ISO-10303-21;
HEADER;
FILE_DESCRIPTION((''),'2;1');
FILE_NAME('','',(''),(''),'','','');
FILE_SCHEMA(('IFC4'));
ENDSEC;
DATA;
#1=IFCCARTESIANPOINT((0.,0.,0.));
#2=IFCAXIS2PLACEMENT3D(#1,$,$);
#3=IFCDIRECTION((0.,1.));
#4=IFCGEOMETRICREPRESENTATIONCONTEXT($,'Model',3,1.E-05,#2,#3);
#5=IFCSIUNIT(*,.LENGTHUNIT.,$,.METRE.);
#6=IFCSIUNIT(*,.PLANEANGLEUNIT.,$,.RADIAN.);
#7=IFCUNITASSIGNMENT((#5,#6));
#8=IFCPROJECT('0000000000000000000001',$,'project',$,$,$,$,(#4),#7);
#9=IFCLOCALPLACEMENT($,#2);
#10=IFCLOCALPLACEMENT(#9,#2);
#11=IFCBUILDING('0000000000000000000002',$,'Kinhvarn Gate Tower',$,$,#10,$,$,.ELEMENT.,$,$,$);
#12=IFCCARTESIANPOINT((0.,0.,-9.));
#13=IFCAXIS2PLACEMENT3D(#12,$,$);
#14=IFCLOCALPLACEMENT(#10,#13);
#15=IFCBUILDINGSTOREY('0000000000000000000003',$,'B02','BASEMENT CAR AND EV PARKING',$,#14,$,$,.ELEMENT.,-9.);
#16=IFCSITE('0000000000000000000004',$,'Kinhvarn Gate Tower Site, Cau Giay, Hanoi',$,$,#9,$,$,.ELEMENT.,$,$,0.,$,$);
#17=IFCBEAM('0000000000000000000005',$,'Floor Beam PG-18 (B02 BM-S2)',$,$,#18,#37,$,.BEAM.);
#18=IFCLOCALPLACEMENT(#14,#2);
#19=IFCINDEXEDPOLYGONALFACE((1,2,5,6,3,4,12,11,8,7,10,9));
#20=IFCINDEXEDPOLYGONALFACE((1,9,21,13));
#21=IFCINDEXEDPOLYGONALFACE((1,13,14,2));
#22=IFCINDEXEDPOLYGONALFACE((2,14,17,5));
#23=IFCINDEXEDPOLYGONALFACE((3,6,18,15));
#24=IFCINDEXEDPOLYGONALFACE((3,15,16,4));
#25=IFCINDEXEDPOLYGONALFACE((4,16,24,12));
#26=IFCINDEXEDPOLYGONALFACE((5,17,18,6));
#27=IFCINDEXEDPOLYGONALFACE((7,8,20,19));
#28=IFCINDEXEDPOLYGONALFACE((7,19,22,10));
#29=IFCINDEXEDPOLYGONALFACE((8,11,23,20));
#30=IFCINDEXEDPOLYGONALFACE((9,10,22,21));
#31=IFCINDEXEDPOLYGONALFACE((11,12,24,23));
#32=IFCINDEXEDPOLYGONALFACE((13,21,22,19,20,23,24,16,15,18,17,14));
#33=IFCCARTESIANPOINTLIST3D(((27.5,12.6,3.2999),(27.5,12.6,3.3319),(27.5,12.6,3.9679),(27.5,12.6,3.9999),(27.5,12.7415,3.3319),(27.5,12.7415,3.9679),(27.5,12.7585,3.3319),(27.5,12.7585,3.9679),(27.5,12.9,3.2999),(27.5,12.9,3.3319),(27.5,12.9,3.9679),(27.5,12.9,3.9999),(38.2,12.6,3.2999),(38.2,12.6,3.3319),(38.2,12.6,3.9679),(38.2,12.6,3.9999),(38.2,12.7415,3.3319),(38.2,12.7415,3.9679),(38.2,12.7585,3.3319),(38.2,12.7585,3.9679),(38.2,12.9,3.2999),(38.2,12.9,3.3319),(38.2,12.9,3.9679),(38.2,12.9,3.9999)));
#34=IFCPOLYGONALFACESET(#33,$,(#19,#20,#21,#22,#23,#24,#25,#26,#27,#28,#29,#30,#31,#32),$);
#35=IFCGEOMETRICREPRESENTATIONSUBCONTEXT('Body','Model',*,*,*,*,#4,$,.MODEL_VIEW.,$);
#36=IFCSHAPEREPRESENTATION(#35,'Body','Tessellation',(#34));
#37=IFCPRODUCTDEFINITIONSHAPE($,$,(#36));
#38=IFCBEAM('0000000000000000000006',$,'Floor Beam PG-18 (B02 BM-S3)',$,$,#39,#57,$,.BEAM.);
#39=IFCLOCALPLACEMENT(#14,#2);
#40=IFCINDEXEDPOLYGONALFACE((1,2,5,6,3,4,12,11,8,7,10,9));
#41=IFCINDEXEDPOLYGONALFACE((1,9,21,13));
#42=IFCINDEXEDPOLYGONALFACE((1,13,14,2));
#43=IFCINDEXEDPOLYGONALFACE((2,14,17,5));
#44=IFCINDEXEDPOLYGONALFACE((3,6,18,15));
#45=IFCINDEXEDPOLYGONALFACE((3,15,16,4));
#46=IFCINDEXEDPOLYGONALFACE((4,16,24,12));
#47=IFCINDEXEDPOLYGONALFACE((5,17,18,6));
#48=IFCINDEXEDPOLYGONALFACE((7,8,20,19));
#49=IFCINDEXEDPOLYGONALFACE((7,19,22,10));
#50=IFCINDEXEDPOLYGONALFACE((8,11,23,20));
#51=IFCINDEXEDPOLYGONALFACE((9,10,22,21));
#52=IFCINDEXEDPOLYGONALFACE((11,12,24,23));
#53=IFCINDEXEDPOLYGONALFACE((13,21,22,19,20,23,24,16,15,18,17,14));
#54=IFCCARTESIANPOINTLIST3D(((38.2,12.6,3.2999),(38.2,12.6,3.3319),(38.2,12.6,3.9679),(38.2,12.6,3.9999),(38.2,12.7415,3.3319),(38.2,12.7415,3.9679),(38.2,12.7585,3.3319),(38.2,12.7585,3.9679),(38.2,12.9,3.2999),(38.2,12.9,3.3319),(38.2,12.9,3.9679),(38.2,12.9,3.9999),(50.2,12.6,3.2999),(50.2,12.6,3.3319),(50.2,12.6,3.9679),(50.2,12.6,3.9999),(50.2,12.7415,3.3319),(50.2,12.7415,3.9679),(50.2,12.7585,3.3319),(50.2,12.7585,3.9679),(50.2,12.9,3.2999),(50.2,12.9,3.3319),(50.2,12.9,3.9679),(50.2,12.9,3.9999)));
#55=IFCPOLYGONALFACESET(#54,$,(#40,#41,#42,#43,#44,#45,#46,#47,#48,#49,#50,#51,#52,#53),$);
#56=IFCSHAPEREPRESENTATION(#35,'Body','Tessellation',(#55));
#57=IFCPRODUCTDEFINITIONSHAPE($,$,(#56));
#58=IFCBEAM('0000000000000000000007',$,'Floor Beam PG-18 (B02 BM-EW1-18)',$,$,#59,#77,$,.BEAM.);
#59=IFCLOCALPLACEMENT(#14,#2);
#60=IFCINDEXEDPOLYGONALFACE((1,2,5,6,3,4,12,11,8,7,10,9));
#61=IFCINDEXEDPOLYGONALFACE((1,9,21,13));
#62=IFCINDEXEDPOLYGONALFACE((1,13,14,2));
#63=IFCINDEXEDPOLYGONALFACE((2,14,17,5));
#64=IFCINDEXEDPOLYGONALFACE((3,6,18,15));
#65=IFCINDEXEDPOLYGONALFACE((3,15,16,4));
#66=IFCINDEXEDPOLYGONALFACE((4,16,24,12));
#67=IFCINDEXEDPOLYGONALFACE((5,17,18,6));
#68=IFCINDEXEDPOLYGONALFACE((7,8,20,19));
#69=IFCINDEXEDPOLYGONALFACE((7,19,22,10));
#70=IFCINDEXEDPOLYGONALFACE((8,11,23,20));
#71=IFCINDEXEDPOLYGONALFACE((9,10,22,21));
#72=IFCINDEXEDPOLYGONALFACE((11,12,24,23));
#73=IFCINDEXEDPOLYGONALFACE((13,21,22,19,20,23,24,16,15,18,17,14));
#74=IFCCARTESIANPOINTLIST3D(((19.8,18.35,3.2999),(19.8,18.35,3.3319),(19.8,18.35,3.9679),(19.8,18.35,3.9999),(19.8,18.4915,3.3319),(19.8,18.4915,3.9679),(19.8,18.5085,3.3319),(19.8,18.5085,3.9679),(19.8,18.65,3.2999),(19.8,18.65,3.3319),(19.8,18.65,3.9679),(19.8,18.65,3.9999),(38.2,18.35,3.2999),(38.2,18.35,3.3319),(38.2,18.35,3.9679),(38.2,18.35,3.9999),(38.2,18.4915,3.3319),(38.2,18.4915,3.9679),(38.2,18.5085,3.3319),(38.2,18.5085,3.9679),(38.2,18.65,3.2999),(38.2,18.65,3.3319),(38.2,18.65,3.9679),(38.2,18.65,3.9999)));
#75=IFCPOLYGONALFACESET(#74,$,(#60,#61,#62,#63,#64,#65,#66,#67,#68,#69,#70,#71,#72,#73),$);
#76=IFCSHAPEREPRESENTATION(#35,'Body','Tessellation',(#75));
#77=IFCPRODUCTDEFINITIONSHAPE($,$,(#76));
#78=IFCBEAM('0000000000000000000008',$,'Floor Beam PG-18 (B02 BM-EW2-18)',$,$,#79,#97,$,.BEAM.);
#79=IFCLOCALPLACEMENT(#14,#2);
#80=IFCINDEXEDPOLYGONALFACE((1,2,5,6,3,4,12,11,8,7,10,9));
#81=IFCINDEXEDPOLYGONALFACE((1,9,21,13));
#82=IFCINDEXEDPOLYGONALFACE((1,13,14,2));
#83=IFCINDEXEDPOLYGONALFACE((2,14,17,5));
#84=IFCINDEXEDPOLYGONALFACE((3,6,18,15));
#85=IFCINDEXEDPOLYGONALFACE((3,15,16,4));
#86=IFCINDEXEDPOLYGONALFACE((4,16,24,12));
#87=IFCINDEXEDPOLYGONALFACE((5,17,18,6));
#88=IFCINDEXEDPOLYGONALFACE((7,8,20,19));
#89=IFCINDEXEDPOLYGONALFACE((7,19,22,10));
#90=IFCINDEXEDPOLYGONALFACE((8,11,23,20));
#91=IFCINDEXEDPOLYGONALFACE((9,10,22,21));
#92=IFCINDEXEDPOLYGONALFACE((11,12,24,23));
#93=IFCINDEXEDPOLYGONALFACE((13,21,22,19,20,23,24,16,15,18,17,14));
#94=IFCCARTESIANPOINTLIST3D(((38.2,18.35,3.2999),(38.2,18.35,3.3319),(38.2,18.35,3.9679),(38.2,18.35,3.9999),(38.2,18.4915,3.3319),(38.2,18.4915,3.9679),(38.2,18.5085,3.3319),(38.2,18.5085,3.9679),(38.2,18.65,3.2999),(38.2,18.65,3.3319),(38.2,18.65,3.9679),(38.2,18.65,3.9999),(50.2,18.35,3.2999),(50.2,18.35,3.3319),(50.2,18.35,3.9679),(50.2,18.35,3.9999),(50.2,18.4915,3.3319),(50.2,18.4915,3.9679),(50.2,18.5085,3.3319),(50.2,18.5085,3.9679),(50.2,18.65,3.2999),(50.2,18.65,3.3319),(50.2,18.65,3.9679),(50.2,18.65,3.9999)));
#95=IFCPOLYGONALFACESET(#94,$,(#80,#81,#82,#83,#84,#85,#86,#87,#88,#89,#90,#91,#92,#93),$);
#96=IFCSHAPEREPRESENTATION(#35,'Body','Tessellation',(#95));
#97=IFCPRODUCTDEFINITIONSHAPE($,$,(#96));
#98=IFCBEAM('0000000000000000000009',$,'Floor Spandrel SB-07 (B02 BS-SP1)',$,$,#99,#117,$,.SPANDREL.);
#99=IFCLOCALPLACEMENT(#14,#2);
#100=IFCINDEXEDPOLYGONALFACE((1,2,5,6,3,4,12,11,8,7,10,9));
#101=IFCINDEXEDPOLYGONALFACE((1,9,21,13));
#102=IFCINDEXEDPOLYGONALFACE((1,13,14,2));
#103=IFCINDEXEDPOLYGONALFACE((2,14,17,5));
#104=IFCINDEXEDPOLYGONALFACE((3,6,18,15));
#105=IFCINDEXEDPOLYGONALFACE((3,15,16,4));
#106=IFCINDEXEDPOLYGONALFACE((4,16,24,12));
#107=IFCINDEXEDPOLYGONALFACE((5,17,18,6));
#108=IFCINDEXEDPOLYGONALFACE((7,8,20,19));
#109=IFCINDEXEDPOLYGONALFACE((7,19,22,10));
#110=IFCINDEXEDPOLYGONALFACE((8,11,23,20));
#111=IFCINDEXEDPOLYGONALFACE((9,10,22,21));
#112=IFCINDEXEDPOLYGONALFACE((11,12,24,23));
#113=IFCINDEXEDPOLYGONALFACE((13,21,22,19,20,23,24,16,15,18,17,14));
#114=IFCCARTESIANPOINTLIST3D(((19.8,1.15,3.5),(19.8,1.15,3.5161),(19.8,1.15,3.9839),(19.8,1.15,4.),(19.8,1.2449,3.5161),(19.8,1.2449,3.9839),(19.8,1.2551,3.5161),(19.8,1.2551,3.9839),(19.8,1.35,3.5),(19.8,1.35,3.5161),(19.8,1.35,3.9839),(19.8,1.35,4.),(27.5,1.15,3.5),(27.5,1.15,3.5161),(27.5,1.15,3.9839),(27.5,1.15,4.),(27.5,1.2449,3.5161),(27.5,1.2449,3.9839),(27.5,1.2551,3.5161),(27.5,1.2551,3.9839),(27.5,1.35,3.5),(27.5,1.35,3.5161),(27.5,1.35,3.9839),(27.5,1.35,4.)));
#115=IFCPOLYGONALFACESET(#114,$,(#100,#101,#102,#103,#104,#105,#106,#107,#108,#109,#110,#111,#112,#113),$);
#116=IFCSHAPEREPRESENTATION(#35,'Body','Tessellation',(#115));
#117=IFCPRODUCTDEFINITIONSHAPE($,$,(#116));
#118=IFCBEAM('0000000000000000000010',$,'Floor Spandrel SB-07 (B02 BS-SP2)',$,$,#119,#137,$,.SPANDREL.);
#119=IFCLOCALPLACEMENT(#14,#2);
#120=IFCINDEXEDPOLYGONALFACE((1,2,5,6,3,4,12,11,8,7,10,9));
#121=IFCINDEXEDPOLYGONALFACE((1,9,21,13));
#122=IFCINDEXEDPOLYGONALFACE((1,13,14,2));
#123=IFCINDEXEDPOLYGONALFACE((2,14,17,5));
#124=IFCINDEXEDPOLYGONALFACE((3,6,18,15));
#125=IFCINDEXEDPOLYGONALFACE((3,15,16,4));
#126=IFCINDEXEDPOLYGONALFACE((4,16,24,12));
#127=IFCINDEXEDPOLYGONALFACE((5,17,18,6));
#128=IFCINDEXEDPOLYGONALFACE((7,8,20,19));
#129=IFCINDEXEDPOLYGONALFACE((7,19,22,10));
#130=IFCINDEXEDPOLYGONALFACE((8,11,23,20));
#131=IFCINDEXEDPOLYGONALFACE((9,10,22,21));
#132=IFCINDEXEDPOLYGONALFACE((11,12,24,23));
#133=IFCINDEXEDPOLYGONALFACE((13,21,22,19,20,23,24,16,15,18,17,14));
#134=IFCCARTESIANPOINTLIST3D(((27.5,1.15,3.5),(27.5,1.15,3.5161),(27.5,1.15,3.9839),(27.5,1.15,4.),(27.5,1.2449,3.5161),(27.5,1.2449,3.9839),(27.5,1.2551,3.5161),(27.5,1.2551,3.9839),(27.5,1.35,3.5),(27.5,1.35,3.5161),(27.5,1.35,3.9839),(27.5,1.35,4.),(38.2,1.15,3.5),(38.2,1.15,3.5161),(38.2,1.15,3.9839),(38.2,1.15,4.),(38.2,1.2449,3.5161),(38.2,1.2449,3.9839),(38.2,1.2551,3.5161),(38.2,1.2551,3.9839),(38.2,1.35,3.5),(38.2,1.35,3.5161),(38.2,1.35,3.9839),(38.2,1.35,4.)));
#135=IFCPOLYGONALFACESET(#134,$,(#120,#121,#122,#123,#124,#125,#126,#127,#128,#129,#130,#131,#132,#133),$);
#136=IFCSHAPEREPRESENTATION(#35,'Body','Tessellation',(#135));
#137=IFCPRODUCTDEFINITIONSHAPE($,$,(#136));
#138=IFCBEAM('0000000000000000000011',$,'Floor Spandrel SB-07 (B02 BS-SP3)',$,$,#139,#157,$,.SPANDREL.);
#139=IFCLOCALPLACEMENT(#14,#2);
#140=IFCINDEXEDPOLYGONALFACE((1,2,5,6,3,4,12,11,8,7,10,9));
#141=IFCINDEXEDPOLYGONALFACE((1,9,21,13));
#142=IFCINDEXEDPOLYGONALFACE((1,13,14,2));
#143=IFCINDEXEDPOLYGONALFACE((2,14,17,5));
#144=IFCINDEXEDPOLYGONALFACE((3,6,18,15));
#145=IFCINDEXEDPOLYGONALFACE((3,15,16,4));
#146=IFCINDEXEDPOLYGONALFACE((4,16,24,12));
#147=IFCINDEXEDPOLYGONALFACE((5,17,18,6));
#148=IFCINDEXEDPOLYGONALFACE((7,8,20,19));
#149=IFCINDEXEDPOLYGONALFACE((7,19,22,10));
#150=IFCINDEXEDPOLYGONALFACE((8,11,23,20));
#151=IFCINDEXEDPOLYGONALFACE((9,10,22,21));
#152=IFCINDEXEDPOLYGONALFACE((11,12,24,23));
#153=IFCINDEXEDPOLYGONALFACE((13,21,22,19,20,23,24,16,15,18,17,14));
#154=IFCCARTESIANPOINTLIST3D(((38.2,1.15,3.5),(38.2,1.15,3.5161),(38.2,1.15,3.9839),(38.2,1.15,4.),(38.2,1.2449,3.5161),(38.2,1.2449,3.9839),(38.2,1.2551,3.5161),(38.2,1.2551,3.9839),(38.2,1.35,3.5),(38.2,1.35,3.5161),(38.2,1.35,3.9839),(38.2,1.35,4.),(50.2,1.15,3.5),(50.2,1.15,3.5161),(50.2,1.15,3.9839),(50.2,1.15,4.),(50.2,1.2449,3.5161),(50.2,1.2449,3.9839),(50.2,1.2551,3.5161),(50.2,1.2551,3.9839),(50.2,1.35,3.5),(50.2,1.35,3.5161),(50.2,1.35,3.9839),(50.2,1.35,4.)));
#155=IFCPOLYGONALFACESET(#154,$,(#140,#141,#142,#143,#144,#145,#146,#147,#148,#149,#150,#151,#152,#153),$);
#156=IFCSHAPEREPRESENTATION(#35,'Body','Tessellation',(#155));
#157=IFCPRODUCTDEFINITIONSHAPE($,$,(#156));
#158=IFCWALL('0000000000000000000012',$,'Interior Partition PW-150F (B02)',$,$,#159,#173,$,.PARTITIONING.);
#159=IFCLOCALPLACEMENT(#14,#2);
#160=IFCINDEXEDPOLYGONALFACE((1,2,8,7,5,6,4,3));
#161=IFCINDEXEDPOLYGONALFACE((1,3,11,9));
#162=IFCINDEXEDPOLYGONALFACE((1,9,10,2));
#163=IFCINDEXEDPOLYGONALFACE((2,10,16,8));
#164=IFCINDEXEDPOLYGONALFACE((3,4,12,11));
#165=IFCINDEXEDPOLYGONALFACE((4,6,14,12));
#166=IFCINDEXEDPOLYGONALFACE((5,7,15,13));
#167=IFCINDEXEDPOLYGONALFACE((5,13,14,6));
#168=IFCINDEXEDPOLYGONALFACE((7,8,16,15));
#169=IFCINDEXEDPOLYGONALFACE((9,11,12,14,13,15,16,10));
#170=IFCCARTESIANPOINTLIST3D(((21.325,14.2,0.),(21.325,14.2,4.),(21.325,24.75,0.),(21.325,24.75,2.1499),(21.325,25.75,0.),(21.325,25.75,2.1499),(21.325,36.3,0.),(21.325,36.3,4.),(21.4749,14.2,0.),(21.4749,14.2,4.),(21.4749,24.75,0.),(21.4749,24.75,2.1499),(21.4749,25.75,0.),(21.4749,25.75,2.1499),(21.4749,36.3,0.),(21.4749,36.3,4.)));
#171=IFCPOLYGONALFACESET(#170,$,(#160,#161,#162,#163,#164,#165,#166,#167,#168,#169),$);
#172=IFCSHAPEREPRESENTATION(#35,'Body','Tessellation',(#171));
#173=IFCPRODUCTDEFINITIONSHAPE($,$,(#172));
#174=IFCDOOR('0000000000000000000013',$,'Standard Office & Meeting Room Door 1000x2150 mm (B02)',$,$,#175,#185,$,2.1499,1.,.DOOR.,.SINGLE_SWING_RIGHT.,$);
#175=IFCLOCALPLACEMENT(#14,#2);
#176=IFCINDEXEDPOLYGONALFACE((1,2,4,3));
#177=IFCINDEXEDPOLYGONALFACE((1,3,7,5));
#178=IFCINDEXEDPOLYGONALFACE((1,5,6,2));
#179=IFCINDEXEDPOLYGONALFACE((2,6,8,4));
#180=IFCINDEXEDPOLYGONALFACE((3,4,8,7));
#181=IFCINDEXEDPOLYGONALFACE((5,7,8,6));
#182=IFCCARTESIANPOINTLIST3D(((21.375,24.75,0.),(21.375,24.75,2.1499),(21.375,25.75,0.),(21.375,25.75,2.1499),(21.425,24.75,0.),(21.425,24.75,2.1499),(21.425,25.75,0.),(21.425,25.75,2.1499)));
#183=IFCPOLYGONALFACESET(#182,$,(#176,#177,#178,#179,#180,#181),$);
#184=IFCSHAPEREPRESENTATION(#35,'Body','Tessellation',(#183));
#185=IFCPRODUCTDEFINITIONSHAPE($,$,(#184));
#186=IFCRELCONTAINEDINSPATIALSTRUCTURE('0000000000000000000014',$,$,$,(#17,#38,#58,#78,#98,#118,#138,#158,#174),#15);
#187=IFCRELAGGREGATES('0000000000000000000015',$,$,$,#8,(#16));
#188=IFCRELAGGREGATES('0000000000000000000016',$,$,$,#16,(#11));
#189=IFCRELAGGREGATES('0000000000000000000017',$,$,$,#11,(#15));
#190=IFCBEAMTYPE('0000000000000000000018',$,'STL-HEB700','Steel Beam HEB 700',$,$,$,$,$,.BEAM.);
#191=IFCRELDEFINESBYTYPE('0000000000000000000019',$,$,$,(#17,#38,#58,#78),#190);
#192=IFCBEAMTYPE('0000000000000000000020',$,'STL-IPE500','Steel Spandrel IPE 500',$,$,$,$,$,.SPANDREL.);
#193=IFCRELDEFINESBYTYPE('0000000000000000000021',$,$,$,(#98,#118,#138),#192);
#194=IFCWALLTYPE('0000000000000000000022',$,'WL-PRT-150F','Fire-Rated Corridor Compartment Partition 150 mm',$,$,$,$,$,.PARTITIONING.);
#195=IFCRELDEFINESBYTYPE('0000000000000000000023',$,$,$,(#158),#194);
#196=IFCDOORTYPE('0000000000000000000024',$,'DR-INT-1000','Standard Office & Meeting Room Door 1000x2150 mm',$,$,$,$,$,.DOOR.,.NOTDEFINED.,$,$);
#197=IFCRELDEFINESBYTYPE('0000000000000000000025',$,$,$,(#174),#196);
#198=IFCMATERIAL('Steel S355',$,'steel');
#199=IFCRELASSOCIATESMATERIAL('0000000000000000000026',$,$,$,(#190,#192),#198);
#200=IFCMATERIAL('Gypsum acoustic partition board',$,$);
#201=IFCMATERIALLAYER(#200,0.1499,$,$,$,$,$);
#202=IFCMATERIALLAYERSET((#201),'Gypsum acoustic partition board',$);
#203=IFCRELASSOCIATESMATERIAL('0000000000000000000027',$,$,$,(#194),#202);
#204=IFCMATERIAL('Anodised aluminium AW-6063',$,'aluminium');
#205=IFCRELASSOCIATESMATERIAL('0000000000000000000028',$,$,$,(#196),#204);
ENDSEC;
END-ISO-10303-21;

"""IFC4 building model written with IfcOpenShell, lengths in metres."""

from ifc_helpers import new_model, si_unit, direction, frame, frame_2d, origin, origin_2d, place, context, subcontext, project, spatial, rectangle, i_section, extrude, material, layer, layer_set, material_profile, profile_set, type_object, element, fill, save


model = new_model("IFC4")

# Units and contexts
model_context = context("Model", 3, precision=1e-05, world=origin(), true_north=direction((0.0, 1.0)))
body_context = subcontext(model_context, "Body", "Model", "MODEL_VIEW")
ifc_project = project(units=[si_unit("LENGTHUNIT", "METRE"), si_unit("PLANEANGLEUNIT", "RADIAN")], contexts=[model_context])

# Site, building, storey
site_placement = place(None, origin())
site = spatial("IfcSite", under=ifc_project, at=site_placement, Name="Kinhvarn Gate Tower Site, Cau Giay, Hanoi", CompositionType="ELEMENT", RefElevation=0.0)
building_placement = place(site_placement, origin())
building = spatial("IfcBuilding", under=site, at=building_placement, Name="Kinhvarn Gate Tower", CompositionType="ELEMENT")
storey_placement = place(building_placement, frame((0.0, 0.0, -9.0)))
storey = spatial("IfcBuildingStorey", under=building, at=storey_placement, Name="B02", Description="BASEMENT CAR AND EV PARKING", CompositionType="ELEMENT", Elevation=-9.0)

# Beams
ifc_material_1 = material(Name="Steel S355", Category="steel")
ifc_material_profile_1 = material_profile(ifc_material_1, i_section(OverallWidth=0.3, OverallDepth=0.7, WebThickness=0.0171, FlangeThickness=0.032, at=origin_2d()), Name="HEB 700")
ifc_profile_set_1 = profile_set([ifc_material_profile_1], Name="Steel S355")
beam_type_1 = type_object("IfcBeamType", Name="STL-HEB700", Description="Steel Beam HEB 700", PredefinedType="BEAM", material=ifc_profile_set_1)
beam_1_placement = place(storey_placement, frame((27.5, 12.75, 3.6499), z_axis=(1.0, 0.0, 0.0), x_axis=(0.0, 1.0, 0.0)))
element("IfcBeam", 1, at=beam_1_placement, inside=storey, type_object=beam_type_1, Name="Floor Beam PG-18 (B02 BM-S2)", PredefinedType="BEAM", context=body_context, shape_type="SweptSolid", body=[
    extrude(i_section(OverallWidth=0.3, OverallDepth=0.7, WebThickness=0.0171, FlangeThickness=0.032, at=origin_2d()), origin(), (0.0, 0.0, 1.0), 10.7),
])
beam_2_placement = place(storey_placement, frame((38.2, 12.75, 3.6499), z_axis=(1.0, 0.0, 0.0), x_axis=(0.0, 1.0, 0.0)))
element("IfcBeam", 2, at=beam_2_placement, inside=storey, type_object=beam_type_1, Name="Floor Beam PG-18 (B02 BM-S3)", PredefinedType="BEAM", context=body_context, shape_type="SweptSolid", body=[
    extrude(i_section(OverallWidth=0.3, OverallDepth=0.7, WebThickness=0.0171, FlangeThickness=0.032, at=origin_2d()), origin(), (0.0, 0.0, 1.0), 12.0),
])
beam_3_placement = place(storey_placement, frame((19.8, 18.5, 3.6499), z_axis=(1.0, 0.0, 0.0), x_axis=(0.0, 1.0, 0.0)))
element("IfcBeam", 3, at=beam_3_placement, inside=storey, type_object=beam_type_1, Name="Floor Beam PG-18 (B02 BM-EW1-18)", PredefinedType="BEAM", context=body_context, shape_type="SweptSolid", body=[
    extrude(i_section(OverallWidth=0.3, OverallDepth=0.7, WebThickness=0.0171, FlangeThickness=0.032, at=origin_2d()), origin(), (0.0, 0.0, 1.0), 18.3999),
])
beam_4_placement = place(storey_placement, frame((38.2, 18.5, 3.6499), z_axis=(1.0, 0.0, 0.0), x_axis=(0.0, 1.0, 0.0)))
element("IfcBeam", 4, at=beam_4_placement, inside=storey, type_object=beam_type_1, Name="Floor Beam PG-18 (B02 BM-EW2-18)", PredefinedType="BEAM", context=body_context, shape_type="SweptSolid", body=[
    extrude(i_section(OverallWidth=0.3, OverallDepth=0.7, WebThickness=0.0171, FlangeThickness=0.032, at=origin_2d()), origin(), (0.0, 0.0, 1.0), 12.0),
])
ifc_material_profile_2 = material_profile(ifc_material_1, i_section(OverallWidth=0.2, OverallDepth=0.5, WebThickness=0.0103, FlangeThickness=0.0161, at=origin_2d()), Name="IPE 500")
ifc_profile_set_2 = profile_set([ifc_material_profile_2], Name="Steel S355")
beam_type_2 = type_object("IfcBeamType", Name="STL-IPE500", Description="Steel Spandrel IPE 500", PredefinedType="SPANDREL", material=ifc_profile_set_2)
beam_5_placement = place(storey_placement, frame((19.8, 1.25, 3.75), z_axis=(1.0, 0.0, 0.0), x_axis=(0.0, 1.0, 0.0)))
element("IfcBeam", 5, at=beam_5_placement, inside=storey, type_object=beam_type_2, Name="Floor Spandrel SB-07 (B02 BS-SP1)", PredefinedType="SPANDREL", context=body_context, shape_type="SweptSolid", body=[
    extrude(i_section(OverallWidth=0.2, OverallDepth=0.5, WebThickness=0.0103, FlangeThickness=0.0161, at=origin_2d()), origin(), (0.0, 0.0, 1.0), 7.7),
])
beam_6_placement = place(storey_placement, frame((27.5, 1.25, 3.75), z_axis=(1.0, 0.0, 0.0), x_axis=(0.0, 1.0, 0.0)))
element("IfcBeam", 6, at=beam_6_placement, inside=storey, type_object=beam_type_2, Name="Floor Spandrel SB-07 (B02 BS-SP2)", PredefinedType="SPANDREL", context=body_context, shape_type="SweptSolid", body=[
    extrude(i_section(OverallWidth=0.2, OverallDepth=0.5, WebThickness=0.0103, FlangeThickness=0.0161, at=origin_2d()), origin(), (0.0, 0.0, 1.0), 10.7),
])
beam_7_placement = place(storey_placement, frame((38.2, 1.25, 3.75), z_axis=(1.0, 0.0, 0.0), x_axis=(0.0, 1.0, 0.0)))
element("IfcBeam", 7, at=beam_7_placement, inside=storey, type_object=beam_type_2, Name="Floor Spandrel SB-07 (B02 BS-SP3)", PredefinedType="SPANDREL", context=body_context, shape_type="SweptSolid", body=[
    extrude(i_section(OverallWidth=0.2, OverallDepth=0.5, WebThickness=0.0103, FlangeThickness=0.0161, at=origin_2d()), origin(), (0.0, 0.0, 1.0), 12.0),
])

# Wall, opening, door
ifc_material_2 = material(Name="Gypsum acoustic partition board")
ifc_layer = layer(ifc_material_2, 0.1499)
ifc_layer_set = layer_set([ifc_layer], Name="Gypsum acoustic partition board")
wall_type = type_object("IfcWallType", Name="WL-PRT-150F", Description="Fire-Rated Corridor Compartment Partition 150 mm", PredefinedType="PARTITIONING", material=ifc_layer_set)
wall_placement = place(storey_placement, frame((21.3999, 14.2, 0.0), z_axis=(0.0, 0.0, 1.0), x_axis=(0.0, 1.0, 0.0)))
wall = element("IfcWall", 8, at=wall_placement, inside=storey, type_object=wall_type, Name="Interior Partition PW-150F (B02)", PredefinedType="PARTITIONING", context=body_context, shape_type="SweptSolid", body=[
    extrude(rectangle(XDim=22.1001, YDim=0.1499, at=frame_2d((11.05, 0.0))), origin(), (0.0, 0.0, 1.0), 4.0),
])
opening_placement = place(wall_placement, frame((10.55, 0.0, 0.0)))
opening = element("IfcOpeningElement", 9, at=opening_placement, cuts=wall, PredefinedType="OPENING", context=body_context, shape_type="SweptSolid", body=[
    extrude(rectangle(XDim=1.0, YDim=2.1499, at=frame_2d((0.5, 1.075))), frame((0.0, 0.085, 0.0), z_axis=(0.0, -1.0, 0.0), x_axis=(1.0, 0.0, 0.0)), (0.0, 0.0, 1.0), 0.1699),
])
ifc_material_3 = material(Name="Anodised aluminium AW-6063", Category="aluminium")
door_type = type_object("IfcDoorType", Name="DR-INT-1000", Description="Standard Office & Meeting Room Door 1000x2150 mm", OperationType="NOTDEFINED", PredefinedType="DOOR", material=ifc_material_3)
door_placement = place(opening_placement, origin())
door = element("IfcDoor", 10, at=door_placement, inside=storey, type_object=door_type, Name="Standard Office & Meeting Room Door 1000x2150 mm (B02)", OperationType="SINGLE_SWING_RIGHT", OverallHeight=2.1499, OverallWidth=1.0, PredefinedType="DOOR", context=body_context, shape_type="SweptSolid", body=[
    extrude(rectangle(XDim=1.0, YDim=2.1499, at=frame_2d((0.5, 1.075))), frame((0.0, 0.0249, 0.0), z_axis=(0.0, -1.0, 0.0), x_axis=(1.0, 0.0, 0.0)), (0.0, 0.0, 1.0), 0.05),
])
fill(opening, door)

save(model, "model.ifc")
